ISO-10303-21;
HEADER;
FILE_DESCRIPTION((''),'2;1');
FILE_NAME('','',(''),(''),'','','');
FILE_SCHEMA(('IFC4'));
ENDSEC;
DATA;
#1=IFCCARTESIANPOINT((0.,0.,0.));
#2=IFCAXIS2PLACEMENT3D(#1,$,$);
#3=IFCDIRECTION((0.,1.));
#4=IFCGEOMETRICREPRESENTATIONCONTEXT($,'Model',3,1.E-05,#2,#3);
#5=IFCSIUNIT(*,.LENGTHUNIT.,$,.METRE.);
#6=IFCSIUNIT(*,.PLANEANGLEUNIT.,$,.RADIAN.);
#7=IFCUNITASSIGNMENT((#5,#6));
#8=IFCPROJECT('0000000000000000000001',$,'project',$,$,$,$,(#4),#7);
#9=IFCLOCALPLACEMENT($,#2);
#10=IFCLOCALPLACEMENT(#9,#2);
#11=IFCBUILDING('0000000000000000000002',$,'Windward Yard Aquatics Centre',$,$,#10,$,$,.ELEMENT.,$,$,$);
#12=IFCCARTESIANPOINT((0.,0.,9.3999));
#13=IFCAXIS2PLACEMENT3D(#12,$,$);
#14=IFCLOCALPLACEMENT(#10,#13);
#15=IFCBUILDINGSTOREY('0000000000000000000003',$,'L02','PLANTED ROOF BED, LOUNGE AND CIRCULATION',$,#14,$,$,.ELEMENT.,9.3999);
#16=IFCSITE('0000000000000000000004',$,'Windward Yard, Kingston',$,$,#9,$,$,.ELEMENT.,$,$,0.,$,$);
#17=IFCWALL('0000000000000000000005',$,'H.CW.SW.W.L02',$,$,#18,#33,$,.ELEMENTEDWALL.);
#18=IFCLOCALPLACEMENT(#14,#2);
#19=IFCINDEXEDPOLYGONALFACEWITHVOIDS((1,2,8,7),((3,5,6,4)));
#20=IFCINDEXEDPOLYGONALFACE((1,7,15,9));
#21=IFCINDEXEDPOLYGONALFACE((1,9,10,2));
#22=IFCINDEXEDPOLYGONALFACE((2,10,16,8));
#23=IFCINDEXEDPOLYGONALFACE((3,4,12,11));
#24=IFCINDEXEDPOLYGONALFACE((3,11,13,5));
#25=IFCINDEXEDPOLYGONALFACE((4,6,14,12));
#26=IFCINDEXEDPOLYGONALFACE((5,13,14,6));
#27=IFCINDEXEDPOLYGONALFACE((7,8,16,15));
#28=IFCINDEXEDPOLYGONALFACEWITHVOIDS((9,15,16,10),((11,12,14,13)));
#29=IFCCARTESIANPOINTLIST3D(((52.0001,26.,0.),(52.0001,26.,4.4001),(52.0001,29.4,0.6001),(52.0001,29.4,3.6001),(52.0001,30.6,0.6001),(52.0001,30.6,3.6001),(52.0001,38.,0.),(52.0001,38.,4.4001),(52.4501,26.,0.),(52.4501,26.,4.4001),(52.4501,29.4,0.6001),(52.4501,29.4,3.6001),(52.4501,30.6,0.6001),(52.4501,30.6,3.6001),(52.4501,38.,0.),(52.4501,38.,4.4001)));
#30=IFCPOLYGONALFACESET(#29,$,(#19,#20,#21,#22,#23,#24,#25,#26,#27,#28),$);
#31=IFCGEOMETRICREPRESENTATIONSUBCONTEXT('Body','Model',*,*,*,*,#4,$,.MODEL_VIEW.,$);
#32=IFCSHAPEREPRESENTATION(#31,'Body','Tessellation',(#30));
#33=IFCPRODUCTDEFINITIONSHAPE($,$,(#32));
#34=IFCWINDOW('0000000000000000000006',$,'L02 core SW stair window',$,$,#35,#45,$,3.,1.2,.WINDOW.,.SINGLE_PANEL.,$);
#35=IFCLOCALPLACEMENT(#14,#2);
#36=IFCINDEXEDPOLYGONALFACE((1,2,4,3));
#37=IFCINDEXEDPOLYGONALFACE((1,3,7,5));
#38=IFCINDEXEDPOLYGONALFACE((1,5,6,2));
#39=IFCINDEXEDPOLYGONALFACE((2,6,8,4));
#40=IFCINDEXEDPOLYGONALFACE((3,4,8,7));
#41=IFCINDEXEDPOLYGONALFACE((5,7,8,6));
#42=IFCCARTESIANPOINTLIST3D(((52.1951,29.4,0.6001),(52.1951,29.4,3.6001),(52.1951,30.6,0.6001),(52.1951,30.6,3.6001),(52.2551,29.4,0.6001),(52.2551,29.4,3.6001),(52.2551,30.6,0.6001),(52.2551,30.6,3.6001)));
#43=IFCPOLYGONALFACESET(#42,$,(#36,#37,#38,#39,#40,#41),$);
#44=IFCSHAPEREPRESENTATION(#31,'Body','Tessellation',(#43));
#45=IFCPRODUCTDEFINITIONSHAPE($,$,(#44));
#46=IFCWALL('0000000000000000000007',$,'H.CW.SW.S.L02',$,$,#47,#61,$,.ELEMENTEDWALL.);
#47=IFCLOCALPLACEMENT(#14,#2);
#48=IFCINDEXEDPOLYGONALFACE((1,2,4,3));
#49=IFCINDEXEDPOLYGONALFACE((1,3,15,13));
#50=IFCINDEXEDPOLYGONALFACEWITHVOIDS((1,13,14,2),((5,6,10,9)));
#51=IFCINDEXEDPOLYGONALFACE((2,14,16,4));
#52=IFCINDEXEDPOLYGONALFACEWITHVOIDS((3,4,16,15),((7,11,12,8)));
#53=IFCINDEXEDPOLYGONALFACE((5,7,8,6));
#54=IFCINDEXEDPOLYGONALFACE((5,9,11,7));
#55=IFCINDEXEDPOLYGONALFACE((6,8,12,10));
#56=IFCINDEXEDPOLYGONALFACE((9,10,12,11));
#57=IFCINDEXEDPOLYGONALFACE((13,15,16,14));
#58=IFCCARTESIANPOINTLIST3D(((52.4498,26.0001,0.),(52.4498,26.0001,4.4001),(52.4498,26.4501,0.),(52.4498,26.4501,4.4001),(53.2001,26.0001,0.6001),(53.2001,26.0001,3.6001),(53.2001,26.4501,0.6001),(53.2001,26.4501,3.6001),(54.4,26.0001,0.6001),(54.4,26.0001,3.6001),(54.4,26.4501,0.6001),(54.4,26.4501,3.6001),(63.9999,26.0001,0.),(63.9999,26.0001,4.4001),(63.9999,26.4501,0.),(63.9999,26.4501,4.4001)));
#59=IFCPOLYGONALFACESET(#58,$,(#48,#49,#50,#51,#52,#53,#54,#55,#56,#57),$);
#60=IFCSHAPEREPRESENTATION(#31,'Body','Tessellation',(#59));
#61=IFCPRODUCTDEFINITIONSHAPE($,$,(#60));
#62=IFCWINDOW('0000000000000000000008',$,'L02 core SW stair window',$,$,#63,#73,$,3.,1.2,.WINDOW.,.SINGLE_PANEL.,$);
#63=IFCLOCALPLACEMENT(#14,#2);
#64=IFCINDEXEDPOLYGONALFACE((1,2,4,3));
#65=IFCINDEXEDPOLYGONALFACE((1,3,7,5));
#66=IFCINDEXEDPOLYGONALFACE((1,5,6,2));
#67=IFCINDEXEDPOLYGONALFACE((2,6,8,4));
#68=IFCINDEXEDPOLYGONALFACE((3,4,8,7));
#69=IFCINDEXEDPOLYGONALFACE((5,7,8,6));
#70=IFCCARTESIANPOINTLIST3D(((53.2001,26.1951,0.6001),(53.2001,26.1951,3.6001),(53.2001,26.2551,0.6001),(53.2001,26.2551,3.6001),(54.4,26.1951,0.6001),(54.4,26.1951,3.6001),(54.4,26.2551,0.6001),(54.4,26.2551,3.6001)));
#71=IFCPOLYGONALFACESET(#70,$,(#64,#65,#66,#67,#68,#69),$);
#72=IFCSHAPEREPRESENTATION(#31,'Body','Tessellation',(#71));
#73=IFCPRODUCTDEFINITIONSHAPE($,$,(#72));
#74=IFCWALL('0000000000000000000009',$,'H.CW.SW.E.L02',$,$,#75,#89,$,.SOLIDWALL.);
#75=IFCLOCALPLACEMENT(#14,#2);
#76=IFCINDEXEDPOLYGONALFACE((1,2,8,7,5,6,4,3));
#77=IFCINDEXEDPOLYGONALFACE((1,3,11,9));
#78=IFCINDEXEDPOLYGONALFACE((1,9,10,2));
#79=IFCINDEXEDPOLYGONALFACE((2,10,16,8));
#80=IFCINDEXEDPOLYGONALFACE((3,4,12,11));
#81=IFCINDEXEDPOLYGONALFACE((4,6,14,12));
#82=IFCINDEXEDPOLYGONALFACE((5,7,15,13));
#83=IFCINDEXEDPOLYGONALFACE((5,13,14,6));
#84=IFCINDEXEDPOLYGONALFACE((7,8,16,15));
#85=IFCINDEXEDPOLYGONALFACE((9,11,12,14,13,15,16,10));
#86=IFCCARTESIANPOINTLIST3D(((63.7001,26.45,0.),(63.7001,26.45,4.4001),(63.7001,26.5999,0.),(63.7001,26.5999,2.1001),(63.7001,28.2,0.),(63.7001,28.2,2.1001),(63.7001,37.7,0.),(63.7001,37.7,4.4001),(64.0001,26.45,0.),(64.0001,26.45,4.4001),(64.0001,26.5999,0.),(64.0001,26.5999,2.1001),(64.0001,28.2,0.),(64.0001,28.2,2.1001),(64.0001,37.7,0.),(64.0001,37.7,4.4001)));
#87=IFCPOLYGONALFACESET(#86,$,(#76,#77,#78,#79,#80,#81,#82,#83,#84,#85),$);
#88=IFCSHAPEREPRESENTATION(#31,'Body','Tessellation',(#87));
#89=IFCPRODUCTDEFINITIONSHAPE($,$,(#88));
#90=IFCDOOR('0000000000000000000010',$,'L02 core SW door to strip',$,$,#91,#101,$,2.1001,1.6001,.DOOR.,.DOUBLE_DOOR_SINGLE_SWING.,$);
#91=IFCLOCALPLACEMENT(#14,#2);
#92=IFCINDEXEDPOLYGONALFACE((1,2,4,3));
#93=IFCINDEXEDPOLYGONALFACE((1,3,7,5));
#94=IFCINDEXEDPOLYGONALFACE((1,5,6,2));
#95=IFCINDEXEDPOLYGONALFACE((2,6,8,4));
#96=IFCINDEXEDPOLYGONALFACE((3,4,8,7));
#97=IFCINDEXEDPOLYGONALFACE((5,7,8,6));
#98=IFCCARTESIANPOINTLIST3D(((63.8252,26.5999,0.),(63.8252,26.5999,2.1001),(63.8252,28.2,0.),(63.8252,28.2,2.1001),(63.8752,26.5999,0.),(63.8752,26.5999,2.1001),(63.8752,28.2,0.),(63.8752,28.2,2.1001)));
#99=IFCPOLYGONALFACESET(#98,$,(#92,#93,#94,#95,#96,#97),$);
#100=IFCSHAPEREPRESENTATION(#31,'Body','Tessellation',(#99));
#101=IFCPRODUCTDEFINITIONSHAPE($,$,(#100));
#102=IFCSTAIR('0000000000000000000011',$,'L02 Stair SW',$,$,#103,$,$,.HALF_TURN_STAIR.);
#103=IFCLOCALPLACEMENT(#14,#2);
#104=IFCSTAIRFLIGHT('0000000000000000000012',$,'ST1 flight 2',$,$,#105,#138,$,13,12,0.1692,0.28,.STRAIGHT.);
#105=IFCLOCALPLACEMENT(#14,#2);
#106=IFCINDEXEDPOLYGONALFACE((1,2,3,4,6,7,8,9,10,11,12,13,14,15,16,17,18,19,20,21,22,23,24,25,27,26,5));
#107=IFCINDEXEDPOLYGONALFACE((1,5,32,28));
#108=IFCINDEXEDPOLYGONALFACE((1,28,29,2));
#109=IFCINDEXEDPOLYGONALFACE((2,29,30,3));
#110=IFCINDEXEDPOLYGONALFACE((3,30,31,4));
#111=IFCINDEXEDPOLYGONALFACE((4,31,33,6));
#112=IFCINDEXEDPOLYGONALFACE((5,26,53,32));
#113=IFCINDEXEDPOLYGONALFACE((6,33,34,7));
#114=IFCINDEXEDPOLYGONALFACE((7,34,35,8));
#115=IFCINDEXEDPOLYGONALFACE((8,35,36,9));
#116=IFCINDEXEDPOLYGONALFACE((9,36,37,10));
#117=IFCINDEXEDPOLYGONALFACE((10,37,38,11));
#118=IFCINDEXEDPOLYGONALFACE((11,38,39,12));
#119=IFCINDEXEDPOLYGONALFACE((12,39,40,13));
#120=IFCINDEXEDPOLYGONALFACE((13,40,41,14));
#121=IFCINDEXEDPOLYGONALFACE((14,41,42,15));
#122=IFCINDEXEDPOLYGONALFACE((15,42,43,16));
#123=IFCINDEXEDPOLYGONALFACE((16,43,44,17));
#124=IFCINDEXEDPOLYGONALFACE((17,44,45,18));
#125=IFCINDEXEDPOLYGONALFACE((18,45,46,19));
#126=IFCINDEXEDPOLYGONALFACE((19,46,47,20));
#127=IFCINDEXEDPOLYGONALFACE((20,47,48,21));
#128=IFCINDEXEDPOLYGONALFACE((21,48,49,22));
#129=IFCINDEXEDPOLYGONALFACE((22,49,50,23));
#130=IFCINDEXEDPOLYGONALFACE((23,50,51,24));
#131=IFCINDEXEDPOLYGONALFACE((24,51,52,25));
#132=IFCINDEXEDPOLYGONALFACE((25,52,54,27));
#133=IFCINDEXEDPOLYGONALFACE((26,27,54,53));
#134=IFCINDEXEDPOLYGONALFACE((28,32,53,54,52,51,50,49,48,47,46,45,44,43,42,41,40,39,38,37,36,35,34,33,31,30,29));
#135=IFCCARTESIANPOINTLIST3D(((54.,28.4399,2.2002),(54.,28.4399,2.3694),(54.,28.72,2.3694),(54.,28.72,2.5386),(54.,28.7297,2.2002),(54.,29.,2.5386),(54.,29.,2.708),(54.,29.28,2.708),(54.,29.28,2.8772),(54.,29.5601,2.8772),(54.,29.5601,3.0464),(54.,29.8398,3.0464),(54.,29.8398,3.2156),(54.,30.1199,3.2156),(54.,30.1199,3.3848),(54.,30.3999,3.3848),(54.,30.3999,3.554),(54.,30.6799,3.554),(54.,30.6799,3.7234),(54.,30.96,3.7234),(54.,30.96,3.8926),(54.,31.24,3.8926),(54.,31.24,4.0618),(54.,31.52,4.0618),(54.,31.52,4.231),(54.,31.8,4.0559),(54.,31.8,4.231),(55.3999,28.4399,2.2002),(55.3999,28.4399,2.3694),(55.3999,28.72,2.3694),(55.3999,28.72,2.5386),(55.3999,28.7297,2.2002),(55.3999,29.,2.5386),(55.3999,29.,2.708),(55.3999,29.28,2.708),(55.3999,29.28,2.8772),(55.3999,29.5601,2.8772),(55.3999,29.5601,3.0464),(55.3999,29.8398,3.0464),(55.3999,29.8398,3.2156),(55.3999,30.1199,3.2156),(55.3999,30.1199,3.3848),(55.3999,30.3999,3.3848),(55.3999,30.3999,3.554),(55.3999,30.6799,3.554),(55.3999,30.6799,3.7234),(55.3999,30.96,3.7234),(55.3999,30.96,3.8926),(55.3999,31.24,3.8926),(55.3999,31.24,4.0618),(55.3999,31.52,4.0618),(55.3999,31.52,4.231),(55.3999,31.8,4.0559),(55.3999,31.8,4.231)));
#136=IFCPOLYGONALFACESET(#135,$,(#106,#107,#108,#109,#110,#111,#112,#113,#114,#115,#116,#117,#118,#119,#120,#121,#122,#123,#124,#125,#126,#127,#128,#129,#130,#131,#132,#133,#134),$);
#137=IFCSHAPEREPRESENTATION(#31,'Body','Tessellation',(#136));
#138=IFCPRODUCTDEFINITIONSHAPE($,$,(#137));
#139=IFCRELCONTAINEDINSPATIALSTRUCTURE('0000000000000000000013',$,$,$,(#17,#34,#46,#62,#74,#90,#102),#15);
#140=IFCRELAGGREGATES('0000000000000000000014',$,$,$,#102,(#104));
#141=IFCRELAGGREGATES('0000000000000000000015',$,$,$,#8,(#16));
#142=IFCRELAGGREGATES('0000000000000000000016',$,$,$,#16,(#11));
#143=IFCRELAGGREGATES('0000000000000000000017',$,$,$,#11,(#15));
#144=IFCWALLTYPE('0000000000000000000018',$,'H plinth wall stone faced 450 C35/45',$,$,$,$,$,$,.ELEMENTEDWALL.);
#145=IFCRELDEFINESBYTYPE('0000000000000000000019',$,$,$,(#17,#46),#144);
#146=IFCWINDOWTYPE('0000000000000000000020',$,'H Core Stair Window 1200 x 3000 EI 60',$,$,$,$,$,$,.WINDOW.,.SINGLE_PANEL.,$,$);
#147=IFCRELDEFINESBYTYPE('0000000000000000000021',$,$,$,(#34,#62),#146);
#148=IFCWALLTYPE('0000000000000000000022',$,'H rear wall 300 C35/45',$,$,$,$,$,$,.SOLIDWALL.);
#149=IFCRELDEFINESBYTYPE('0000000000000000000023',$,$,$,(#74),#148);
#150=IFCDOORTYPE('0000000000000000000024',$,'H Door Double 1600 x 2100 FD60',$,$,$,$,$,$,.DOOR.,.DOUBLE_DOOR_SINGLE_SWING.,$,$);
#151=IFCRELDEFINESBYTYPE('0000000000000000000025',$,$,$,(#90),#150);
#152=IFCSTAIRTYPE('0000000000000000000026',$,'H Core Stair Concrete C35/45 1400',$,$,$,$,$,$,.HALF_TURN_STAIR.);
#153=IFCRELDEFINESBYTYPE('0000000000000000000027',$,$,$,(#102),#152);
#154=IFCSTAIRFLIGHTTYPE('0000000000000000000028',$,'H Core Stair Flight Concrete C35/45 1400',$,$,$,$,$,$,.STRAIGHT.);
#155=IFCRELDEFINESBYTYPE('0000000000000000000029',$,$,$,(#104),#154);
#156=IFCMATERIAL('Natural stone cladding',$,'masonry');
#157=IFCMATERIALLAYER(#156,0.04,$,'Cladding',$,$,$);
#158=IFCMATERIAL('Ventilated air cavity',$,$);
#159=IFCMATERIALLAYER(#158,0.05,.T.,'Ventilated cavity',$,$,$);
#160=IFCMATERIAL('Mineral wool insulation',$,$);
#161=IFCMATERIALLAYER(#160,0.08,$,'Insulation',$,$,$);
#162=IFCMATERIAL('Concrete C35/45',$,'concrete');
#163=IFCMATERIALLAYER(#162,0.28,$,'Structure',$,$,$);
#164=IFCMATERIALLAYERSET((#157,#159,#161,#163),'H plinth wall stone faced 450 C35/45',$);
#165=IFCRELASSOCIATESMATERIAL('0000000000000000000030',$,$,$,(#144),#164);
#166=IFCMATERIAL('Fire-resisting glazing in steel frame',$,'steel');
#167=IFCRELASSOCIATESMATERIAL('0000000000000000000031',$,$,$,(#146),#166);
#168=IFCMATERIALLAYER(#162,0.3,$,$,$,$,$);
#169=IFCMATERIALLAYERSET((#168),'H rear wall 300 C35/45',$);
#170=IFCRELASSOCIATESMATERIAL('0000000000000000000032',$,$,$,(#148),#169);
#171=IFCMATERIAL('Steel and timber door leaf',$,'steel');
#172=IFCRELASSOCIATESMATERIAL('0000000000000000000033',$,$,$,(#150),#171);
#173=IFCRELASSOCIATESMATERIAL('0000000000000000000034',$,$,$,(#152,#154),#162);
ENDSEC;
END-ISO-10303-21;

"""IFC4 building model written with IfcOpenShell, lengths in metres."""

from ifc_helpers import new_model, si_unit, direction, frame, frame_2d, origin, place, context, subcontext, project, spatial, polyline, rectangle, outline, extrude, material, layer, layer_set, type_object, element, fill, aggregate, save


model = new_model("IFC4")

# Units and contexts
model_context = context("Model", 3, precision=1e-05, world=origin(), true_north=direction((0.0, 1.0)))
body_context = subcontext(model_context, "Body", "Model", "MODEL_VIEW")
ifc_project = project(units=[si_unit("LENGTHUNIT", "METRE"), si_unit("PLANEANGLEUNIT", "RADIAN")], contexts=[model_context])

# Site, building, storey
site_placement = place(None, origin())
site = spatial("IfcSite", under=ifc_project, at=site_placement, Name="Windward Yard, Kingston", CompositionType="ELEMENT", RefElevation=0.0)
building_placement = place(site_placement, origin())
building = spatial("IfcBuilding", under=site, at=building_placement, Name="Windward Yard Aquatics Centre", CompositionType="ELEMENT")
storey_placement = place(building_placement, frame((0.0, 0.0, 9.3999)))
storey = spatial("IfcBuildingStorey", under=building, at=storey_placement, Name="L02", Description="PLANTED ROOF BED, LOUNGE AND CIRCULATION", CompositionType="ELEMENT", Elevation=9.3999)

# Shared definitions
ifc_material_1 = material(Name="Concrete C35/45", Category="concrete")

# Shared definitions
ifc_material_2 = material(Name="Steel and timber door leaf", Category="steel")

# Walls, openings, windows
ifc_material_3 = material(Name="Natural stone cladding", Category="masonry")
ifc_layer_1 = layer(ifc_material_3, 0.04, Name="Cladding")
ifc_material_4 = material(Name="Ventilated air cavity")
ifc_layer_2 = layer(ifc_material_4, 0.05, ventilated=True, Name="Ventilated cavity")
ifc_material_5 = material(Name="Mineral wool insulation")
ifc_layer_3 = layer(ifc_material_5, 0.08, Name="Insulation")
ifc_layer_4 = layer(ifc_material_1, 0.28, Name="Structure")
ifc_layer_set_1 = layer_set([ifc_layer_1, ifc_layer_2, ifc_layer_3, ifc_layer_4], Name="H plinth wall stone faced 450 C35/45")
wall_type_1 = type_object("IfcWallType", Name="H plinth wall stone faced 450 C35/45", PredefinedType="ELEMENTEDWALL", material=ifc_layer_set_1)
wall_1_placement = place(storey_placement, frame((52.2251, 26.0, 0.0), z_axis=(0.0, 0.0, 1.0), x_axis=(0.0, 1.0, 0.0)))
wall_1 = element("IfcWall", 1, at=wall_1_placement, inside=storey, type_object=wall_type_1, Name="H.CW.SW.W.L02", PredefinedType="ELEMENTEDWALL", context=body_context, shape_type="SweptSolid", body=[
    extrude(rectangle(XDim=12.0, YDim=0.45, at=frame_2d((6.0, 0.0))), origin(), (0.0, 0.0, 1.0), 4.4001),
])
opening_1_placement = place(wall_1_placement, frame((3.3999, 0.0, 0.6001)))
opening_1 = element("IfcOpeningElement", 2, at=opening_1_placement, cuts=wall_1, PredefinedType="OPENING", context=body_context, shape_type="SweptSolid", body=[
    extrude(rectangle(XDim=1.2, YDim=3.0, at=frame_2d((0.6001, 1.5))), frame((0.0, 0.2349, 0.0), z_axis=(0.0, -1.0, 0.0), x_axis=(1.0, 0.0, 0.0)), (0.0, 0.0, 1.0), 0.47),
])
ifc_material_6 = material(Name="Fire-resisting glazing in steel frame", Category="steel")
window_type = type_object("IfcWindowType", Name="H Core Stair Window 1200 x 3000 EI 60", PartitioningType="SINGLE_PANEL", PredefinedType="WINDOW", material=ifc_material_6)
window_1_placement = place(opening_1_placement, origin())
window_1 = element("IfcWindow", 3, at=window_1_placement, inside=storey, type_object=window_type, Name="L02 core SW stair window", OverallHeight=3.0, OverallWidth=1.2, PartitioningType="SINGLE_PANEL", PredefinedType="WINDOW", context=body_context, shape_type="SweptSolid", body=[
    extrude(rectangle(XDim=1.2, YDim=3.0, at=frame_2d((0.6001, 1.5))), frame((0.0, 0.03, 0.0), z_axis=(0.0, -1.0, 0.0), x_axis=(1.0, 0.0, 0.0)), (0.0, 0.0, 1.0), 0.0601),
])
fill(opening_1, window_1)
wall_2_placement = place(storey_placement, frame((52.45, 26.2251, 0.0), z_axis=(0.0, 0.0, 1.0), x_axis=(1.0, 0.0, 0.0)))
wall_2 = element("IfcWall", 4, at=wall_2_placement, inside=storey, type_object=wall_type_1, Name="H.CW.SW.S.L02", PredefinedType="ELEMENTEDWALL", context=body_context, shape_type="SweptSolid", body=[
    extrude(rectangle(XDim=11.55, YDim=0.45, at=frame_2d((5.7749, 0.0))), origin(), (0.0, 0.0, 1.0), 4.4001),
])
opening_2_placement = place(wall_2_placement, frame((0.75, 0.0, 0.6001)))
opening_2 = element("IfcOpeningElement", 5, at=opening_2_placement, cuts=wall_2, PredefinedType="OPENING", context=body_context, shape_type="SweptSolid", body=[
    extrude(rectangle(XDim=1.2, YDim=3.0, at=frame_2d((0.6001, 1.5))), frame((0.0, 0.2349, 0.0), z_axis=(0.0, -1.0, 0.0), x_axis=(1.0, 0.0, 0.0)), (0.0, 0.0, 1.0), 0.47),
])
window_2_placement = place(opening_2_placement, origin())
window_2 = element("IfcWindow", 6, at=window_2_placement, inside=storey, type_object=window_type, Name="L02 core SW stair window", OverallHeight=3.0, OverallWidth=1.2, PartitioningType="SINGLE_PANEL", PredefinedType="WINDOW", context=body_context, shape_type="SweptSolid", body=[
    extrude(rectangle(XDim=1.2, YDim=3.0, at=frame_2d((0.6001, 1.5))), frame((0.0, 0.03, 0.0), z_axis=(0.0, -1.0, 0.0), x_axis=(1.0, 0.0, 0.0)), (0.0, 0.0, 1.0), 0.0601),
])
fill(opening_2, window_2)

# Wall, opening, door
ifc_layer_5 = layer(ifc_material_1, 0.3)
ifc_layer_set_2 = layer_set([ifc_layer_5], Name="H rear wall 300 C35/45")
wall_type_2 = type_object("IfcWallType", Name="H rear wall 300 C35/45", PredefinedType="SOLIDWALL", material=ifc_layer_set_2)
wall_3_placement = place(storey_placement, frame((63.8501, 26.45, 0.0), z_axis=(0.0, 0.0, 1.0), x_axis=(0.0, 1.0, 0.0)))
wall_3 = element("IfcWall", 7, at=wall_3_placement, inside=storey, type_object=wall_type_2, Name="H.CW.SW.E.L02", PredefinedType="SOLIDWALL", context=body_context, shape_type="SweptSolid", body=[
    extrude(rectangle(XDim=11.25, YDim=0.3, at=frame_2d((5.625, 0.0))), origin(), (0.0, 0.0, 1.0), 4.4001),
])
opening_3_placement = place(wall_3_placement, frame((0.1499, 0.0, 0.0)))
opening_3 = element("IfcOpeningElement", 8, at=opening_3_placement, cuts=wall_3, PredefinedType="OPENING", context=body_context, shape_type="SweptSolid", body=[
    extrude(rectangle(XDim=1.6001, YDim=2.1001, at=frame_2d((0.8, 1.05))), frame((0.0, 0.1602, 0.0), z_axis=(0.0, -1.0, 0.0), x_axis=(1.0, 0.0, 0.0)), (0.0, 0.0, 1.0), 0.3201),
])
door_type_1 = type_object("IfcDoorType", Name="H Door Double 1600 x 2100 FD60", OperationType="DOUBLE_DOOR_SINGLE_SWING", PredefinedType="DOOR", material=ifc_material_2)
door_1_placement = place(opening_3_placement, origin())
door_1 = element("IfcDoor", 9, at=door_1_placement, inside=storey, type_object=door_type_1, Name="L02 core SW door to strip", OperationType="DOUBLE_DOOR_SINGLE_SWING", OverallHeight=2.1001, OverallWidth=1.6001, PredefinedType="DOOR", context=body_context, shape_type="SweptSolid", body=[
    extrude(rectangle(XDim=1.6001, YDim=2.1001, at=frame_2d((0.8, 1.05))), frame((0.0, 0.0249, 0.0), z_axis=(0.0, -1.0, 0.0), x_axis=(1.0, 0.0, 0.0)), (0.0, 0.0, 1.0), 0.05),
])
fill(opening_3, door_1)

# Stair, stair flight
stair_type = type_object("IfcStairType", Name="H Core Stair Concrete C35/45 1400", PredefinedType="HALF_TURN_STAIR", material=ifc_material_1)
stair_placement = place(storey_placement, origin())
stair = element("IfcStair", 10, at=stair_placement, inside=storey, type_object=stair_type, Name="L02 Stair SW", PredefinedType="HALF_TURN_STAIR")
stair_flight_type = type_object("IfcStairFlightType", Name="H Core Stair Flight Concrete C35/45 1400", PredefinedType="STRAIGHT", material=ifc_material_1)
stair_flight_placement = place(storey_placement, frame((54.7, 28.4399, 2.2002), z_axis=(0.0, 0.0, 1.0), x_axis=(0.0, 1.0, 0.0)))
stair_flight = element("IfcStairFlight", 11, at=stair_flight_placement, type_object=stair_flight_type, Name="ST1 flight 2", NumberOfRisers=13, NumberOfTreads=12, PredefinedType="STRAIGHT", RiserHeight=0.1692, TreadLength=0.28, context=body_context, shape_type="SweptSolid", body=[
    extrude(outline(polyline([(0.0, 0.0), (0.0, 0.1692), (0.28, 0.1692), (0.28, 0.3384), (0.5601, 0.3384), (0.5601, 0.5078), (0.8401, 0.5078), (0.8401, 0.677), (1.1201, 0.677), (1.1201, 0.8462), (1.3999, 0.8462), (1.3999, 1.0154), (1.6799, 1.0154), (1.6799, 1.1846), (1.96, 1.1846), (1.96, 1.3538), (2.24, 1.3538), (2.24, 1.5232), (2.52, 1.5232), (2.52, 1.6924), (2.8, 1.6924), (2.8, 1.8616), (3.0801, 1.8616), (3.0801, 2.0308), (3.3601, 2.0308), (3.3601, 2.2), (3.3601, 1.8557), (0.2898, 0.0), (0.0, 0.0)])), frame((0.0, 0.7, 0.0), z_axis=(0.0, -1.0, 0.0), x_axis=(1.0, 0.0, 0.0)), (0.0, 0.0, 1.0), 1.3999),
])
aggregate(stair, [stair_flight])

save(model, "model.ifc")
